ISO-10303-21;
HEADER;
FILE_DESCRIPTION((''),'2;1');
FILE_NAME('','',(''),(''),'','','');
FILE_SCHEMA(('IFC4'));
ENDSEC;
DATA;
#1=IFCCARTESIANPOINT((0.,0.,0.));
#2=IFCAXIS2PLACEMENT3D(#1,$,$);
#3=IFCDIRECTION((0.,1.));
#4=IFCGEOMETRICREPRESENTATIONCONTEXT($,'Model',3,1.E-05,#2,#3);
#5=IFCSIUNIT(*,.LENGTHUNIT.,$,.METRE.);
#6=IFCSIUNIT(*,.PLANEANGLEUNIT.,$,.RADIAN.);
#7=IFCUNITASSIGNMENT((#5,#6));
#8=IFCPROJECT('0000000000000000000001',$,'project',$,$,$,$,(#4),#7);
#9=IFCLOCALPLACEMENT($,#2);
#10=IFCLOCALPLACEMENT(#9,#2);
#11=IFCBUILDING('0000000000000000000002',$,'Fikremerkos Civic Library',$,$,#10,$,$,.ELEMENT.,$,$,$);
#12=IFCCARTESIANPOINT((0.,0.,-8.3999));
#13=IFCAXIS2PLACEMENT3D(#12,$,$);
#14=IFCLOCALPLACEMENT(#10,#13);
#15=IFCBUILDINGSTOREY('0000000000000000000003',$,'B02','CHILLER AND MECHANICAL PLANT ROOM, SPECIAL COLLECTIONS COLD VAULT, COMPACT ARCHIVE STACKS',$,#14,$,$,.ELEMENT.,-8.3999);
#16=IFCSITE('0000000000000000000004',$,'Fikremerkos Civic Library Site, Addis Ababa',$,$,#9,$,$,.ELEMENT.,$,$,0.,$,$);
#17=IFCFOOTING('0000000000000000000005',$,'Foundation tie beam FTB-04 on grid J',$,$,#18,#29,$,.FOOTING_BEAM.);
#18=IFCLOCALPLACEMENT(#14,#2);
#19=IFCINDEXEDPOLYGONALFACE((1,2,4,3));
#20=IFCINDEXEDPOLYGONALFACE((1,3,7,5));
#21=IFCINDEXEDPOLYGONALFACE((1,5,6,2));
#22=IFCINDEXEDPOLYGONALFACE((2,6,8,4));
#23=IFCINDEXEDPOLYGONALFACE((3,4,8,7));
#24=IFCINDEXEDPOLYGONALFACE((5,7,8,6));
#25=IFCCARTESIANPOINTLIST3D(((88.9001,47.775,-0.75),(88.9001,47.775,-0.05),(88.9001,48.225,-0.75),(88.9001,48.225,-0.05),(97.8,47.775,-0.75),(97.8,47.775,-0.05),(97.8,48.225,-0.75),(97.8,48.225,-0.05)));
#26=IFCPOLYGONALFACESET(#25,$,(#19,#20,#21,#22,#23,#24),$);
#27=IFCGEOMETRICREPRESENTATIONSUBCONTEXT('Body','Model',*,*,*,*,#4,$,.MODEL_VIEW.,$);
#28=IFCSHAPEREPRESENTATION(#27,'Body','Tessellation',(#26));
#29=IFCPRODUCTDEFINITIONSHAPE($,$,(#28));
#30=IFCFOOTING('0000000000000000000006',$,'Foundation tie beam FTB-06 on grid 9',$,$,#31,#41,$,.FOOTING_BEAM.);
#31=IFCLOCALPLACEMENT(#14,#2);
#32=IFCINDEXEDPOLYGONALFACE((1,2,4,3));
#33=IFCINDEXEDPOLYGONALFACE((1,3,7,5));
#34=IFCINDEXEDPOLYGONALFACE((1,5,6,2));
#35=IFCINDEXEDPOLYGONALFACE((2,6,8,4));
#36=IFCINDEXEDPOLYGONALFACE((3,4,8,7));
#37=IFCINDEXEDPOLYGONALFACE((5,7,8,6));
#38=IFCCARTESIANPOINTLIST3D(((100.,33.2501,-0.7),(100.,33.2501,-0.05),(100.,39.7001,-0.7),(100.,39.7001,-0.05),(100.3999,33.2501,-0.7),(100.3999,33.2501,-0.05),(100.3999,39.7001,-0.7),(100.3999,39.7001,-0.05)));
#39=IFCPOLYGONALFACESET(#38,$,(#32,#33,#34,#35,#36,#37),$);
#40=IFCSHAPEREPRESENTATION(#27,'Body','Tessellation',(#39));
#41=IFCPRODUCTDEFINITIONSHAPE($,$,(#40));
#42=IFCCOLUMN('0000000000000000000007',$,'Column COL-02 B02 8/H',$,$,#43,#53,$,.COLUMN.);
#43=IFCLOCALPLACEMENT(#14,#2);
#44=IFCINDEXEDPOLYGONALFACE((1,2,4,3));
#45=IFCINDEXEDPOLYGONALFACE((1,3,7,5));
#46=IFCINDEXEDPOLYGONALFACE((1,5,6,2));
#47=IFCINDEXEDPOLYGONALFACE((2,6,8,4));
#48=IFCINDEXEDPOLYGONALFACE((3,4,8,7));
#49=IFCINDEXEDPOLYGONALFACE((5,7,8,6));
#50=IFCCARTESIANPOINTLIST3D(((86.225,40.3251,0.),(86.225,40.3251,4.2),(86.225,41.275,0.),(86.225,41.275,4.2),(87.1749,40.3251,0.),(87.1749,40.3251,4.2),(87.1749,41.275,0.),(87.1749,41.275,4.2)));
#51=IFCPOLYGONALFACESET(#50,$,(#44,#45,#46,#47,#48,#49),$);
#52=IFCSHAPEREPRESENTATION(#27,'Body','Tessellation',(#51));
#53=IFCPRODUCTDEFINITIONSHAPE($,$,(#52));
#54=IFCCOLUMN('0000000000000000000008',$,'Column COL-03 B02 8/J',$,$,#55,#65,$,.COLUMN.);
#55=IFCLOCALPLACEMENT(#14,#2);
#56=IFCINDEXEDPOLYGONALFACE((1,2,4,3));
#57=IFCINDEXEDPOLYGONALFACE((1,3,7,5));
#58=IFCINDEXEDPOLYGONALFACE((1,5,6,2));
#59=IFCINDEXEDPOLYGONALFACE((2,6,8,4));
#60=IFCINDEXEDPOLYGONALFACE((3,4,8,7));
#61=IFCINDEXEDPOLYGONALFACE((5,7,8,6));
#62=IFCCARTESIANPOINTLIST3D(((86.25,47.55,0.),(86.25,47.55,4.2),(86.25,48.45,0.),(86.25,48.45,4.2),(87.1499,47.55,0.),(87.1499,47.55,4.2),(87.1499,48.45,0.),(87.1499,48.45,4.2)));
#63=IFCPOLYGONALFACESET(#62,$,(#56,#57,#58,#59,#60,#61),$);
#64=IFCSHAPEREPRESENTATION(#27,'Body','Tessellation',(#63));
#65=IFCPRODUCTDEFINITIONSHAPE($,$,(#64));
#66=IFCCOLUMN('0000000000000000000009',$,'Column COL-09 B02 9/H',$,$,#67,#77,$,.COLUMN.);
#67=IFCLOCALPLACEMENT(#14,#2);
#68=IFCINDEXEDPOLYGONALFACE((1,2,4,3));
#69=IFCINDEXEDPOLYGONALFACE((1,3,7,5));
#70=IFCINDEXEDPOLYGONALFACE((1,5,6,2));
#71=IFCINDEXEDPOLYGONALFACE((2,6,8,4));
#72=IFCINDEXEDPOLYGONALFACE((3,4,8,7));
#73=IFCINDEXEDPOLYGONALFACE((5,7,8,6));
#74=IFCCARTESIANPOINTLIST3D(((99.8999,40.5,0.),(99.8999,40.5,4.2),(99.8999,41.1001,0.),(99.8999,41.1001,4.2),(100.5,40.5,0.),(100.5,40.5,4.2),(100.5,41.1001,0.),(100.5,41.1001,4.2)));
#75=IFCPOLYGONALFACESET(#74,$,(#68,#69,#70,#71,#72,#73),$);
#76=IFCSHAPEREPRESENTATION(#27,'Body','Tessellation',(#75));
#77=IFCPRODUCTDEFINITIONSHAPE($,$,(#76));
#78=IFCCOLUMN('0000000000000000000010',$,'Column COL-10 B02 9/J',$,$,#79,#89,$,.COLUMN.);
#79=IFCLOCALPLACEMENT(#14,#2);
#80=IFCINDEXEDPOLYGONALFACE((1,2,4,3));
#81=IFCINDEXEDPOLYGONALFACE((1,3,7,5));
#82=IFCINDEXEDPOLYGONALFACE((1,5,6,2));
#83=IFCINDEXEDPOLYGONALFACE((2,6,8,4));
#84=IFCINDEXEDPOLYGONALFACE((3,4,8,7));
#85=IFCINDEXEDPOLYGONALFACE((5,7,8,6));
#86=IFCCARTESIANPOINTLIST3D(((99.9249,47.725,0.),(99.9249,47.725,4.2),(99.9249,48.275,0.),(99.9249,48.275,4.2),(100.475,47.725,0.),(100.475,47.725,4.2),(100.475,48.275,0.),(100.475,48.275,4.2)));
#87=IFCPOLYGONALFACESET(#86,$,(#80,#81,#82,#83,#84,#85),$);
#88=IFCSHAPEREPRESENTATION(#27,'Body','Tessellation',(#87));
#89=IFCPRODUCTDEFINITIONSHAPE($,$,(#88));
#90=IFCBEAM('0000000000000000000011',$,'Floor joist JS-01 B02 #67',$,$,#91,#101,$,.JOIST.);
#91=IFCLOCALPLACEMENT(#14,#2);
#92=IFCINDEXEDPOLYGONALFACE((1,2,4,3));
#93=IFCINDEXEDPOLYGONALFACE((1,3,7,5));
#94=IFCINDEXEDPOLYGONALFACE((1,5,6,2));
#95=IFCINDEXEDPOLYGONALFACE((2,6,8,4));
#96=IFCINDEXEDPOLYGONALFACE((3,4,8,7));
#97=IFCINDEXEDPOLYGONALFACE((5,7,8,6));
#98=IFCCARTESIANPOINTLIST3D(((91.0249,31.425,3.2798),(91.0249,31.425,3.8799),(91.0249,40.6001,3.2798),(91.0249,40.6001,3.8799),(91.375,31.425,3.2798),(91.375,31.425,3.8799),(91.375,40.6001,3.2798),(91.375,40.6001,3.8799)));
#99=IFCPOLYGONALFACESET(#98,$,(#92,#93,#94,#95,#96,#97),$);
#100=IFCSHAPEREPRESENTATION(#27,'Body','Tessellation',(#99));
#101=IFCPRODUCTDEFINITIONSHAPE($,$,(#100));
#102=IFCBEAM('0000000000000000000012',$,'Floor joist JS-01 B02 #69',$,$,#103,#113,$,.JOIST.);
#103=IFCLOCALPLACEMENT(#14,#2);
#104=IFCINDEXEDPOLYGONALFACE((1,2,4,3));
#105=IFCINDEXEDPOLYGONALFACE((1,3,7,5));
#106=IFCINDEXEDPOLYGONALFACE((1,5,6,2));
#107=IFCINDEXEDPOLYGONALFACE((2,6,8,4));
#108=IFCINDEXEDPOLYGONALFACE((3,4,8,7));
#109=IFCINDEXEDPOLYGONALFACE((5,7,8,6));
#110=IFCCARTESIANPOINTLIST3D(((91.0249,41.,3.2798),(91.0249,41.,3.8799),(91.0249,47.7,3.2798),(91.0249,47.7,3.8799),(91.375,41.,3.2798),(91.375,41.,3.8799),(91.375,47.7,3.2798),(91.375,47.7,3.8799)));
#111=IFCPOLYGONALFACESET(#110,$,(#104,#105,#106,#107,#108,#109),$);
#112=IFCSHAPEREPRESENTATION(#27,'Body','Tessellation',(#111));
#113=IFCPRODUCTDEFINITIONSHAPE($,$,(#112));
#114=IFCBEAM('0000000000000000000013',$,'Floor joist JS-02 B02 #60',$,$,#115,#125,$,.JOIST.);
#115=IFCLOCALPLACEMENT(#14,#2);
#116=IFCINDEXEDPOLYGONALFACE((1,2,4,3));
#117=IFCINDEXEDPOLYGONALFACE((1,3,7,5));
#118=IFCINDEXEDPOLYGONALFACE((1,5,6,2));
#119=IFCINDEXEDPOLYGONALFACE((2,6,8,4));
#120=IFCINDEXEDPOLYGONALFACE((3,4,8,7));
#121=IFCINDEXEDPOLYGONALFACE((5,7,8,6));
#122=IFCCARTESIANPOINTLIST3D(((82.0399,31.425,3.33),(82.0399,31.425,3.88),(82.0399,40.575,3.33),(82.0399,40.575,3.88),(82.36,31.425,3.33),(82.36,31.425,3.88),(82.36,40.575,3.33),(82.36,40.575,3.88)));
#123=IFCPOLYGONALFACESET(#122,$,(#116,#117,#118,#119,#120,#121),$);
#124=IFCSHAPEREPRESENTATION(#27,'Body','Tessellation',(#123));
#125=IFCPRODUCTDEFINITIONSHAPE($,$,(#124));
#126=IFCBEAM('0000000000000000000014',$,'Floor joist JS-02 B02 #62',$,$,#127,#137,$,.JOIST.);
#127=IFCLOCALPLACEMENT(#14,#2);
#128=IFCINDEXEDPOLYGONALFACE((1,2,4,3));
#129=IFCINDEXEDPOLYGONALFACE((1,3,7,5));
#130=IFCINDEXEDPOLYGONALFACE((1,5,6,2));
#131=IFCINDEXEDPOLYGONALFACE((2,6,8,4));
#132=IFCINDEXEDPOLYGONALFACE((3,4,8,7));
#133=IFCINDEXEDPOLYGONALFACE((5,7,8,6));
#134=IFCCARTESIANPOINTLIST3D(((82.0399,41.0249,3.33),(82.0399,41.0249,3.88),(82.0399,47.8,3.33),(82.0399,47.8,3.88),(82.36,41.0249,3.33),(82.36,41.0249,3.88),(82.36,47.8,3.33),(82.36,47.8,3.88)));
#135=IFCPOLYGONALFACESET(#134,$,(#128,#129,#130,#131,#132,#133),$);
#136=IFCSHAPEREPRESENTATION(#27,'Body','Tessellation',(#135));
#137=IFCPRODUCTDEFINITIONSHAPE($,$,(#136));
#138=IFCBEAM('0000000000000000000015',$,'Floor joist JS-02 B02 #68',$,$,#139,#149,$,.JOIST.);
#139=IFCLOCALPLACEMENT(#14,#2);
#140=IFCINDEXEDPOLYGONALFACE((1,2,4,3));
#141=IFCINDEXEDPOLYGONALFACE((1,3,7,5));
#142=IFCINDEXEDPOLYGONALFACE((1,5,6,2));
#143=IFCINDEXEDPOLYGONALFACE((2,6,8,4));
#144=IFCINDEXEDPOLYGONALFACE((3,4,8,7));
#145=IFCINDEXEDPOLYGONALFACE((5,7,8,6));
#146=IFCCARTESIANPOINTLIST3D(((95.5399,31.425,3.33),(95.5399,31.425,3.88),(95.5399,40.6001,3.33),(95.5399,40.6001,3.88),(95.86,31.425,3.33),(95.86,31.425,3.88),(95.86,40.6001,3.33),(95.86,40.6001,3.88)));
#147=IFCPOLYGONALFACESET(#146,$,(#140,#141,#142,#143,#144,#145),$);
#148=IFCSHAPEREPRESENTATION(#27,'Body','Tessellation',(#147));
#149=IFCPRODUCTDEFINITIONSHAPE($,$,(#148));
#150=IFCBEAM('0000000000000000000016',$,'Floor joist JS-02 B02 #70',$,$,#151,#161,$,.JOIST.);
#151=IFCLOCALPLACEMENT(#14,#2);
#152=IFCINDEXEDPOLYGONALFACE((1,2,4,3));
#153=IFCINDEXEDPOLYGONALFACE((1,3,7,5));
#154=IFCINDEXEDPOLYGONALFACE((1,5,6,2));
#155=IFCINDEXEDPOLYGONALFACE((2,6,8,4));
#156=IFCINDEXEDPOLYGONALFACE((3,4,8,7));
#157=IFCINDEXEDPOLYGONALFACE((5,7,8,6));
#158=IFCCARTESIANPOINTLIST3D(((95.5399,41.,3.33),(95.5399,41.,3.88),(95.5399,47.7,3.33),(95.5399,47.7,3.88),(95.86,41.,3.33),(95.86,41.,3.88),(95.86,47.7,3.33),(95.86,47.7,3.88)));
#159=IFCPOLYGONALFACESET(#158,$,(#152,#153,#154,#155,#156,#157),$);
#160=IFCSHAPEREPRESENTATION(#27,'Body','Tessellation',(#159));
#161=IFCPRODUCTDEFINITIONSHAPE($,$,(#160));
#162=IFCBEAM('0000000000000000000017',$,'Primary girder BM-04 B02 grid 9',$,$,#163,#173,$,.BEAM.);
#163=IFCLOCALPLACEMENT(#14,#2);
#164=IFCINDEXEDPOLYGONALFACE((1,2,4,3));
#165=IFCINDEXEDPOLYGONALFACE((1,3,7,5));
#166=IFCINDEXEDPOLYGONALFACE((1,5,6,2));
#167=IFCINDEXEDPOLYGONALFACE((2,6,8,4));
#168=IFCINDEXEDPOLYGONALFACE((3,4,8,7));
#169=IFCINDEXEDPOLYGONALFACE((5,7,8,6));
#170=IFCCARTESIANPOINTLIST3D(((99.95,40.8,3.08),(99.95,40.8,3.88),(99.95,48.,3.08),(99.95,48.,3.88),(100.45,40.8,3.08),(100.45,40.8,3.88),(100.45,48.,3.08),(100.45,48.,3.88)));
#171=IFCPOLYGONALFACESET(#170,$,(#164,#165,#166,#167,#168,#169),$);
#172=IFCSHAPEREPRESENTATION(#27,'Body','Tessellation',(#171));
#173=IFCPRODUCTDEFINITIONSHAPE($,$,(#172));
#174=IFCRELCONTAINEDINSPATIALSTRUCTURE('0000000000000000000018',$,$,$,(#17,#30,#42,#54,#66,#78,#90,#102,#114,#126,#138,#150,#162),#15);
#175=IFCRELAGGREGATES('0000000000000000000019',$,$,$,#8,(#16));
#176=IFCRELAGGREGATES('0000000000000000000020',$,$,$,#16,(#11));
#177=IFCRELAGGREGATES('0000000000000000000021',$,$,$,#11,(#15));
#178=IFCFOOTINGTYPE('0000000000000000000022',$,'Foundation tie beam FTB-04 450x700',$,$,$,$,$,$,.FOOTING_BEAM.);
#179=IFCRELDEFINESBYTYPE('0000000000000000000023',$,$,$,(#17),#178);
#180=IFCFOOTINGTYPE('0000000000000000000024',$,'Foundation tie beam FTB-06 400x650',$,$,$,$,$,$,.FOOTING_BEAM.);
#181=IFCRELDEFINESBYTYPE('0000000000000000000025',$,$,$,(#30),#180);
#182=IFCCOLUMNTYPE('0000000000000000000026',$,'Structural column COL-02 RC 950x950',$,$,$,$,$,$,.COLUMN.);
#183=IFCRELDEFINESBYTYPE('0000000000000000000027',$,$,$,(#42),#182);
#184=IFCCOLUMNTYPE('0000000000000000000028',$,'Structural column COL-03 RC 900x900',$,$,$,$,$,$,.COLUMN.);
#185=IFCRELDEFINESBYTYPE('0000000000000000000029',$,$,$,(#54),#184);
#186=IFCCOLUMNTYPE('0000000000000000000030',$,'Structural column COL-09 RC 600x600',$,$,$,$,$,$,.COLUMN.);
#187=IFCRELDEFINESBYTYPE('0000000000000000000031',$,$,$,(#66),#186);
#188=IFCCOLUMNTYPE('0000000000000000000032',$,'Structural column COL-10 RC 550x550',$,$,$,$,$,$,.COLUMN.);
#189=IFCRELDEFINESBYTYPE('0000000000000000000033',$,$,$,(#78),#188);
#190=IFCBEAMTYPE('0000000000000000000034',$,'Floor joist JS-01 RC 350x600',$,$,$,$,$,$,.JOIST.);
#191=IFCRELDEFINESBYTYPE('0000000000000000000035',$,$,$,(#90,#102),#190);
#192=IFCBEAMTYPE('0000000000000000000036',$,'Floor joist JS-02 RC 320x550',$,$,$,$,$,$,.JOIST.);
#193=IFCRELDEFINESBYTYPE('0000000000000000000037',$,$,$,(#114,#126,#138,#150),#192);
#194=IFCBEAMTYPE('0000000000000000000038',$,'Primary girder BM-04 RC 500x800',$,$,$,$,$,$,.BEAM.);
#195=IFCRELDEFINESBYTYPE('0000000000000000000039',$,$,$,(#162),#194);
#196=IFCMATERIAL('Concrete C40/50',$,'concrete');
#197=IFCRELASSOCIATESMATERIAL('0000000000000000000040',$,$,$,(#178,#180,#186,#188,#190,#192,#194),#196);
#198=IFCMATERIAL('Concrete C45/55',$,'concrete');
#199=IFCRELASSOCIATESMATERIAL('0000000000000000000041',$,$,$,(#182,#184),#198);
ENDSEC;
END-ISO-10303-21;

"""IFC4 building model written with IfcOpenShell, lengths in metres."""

from ifc_helpers import new_model, si_unit, direction, frame, origin, origin_2d, place, context, subcontext, project, spatial, rectangle, extrude, material, material_profile, profile_set, type_object, element, save


model = new_model("IFC4")

# Units and contexts
model_context = context("Model", 3, precision=1e-05, world=origin(), true_north=direction((0.0, 1.0)))
body_context = subcontext(model_context, "Body", "Model", "MODEL_VIEW")
ifc_project = project(units=[si_unit("LENGTHUNIT", "METRE"), si_unit("PLANEANGLEUNIT", "RADIAN")], contexts=[model_context])

# Site, building, storey
site_placement = place(None, origin())
site = spatial("IfcSite", under=ifc_project, at=site_placement, Name="Fikremerkos Civic Library Site, Addis Ababa", CompositionType="ELEMENT", RefElevation=0.0)
building_placement = place(site_placement, origin())
building = spatial("IfcBuilding", under=site, at=building_placement, Name="Fikremerkos Civic Library", CompositionType="ELEMENT")
storey_placement = place(building_placement, frame((0.0, 0.0, -8.3999)))
storey = spatial("IfcBuildingStorey", under=building, at=storey_placement, Name="B02", Description="CHILLER AND MECHANICAL PLANT ROOM, SPECIAL COLLECTIONS COLD VAULT, COMPACT ARCHIVE STACKS", CompositionType="ELEMENT", Elevation=-8.3999)

# Footings
ifc_material_1 = material(Name="Concrete C40/50", Category="concrete")
footing_type_1 = type_object("IfcFootingType", Name="Foundation tie beam FTB-04 450x700", PredefinedType="FOOTING_BEAM", material=ifc_material_1)
footing_1_placement = place(storey_placement, frame((93.3501, 48.0, -0.75), z_axis=(0.0, 0.0, 1.0), x_axis=(1.0, 0.0, 0.0)))
element("IfcFooting", 1, at=footing_1_placement, inside=storey, type_object=footing_type_1, Name="Foundation tie beam FTB-04 on grid J", PredefinedType="FOOTING_BEAM", context=body_context, shape_type="SweptSolid", body=[
    extrude(rectangle(XDim=8.8999, YDim=0.45, at=origin_2d()), origin(), (0.0, 0.0, 1.0), 0.7),
])
footing_type_2 = type_object("IfcFootingType", Name="Foundation tie beam FTB-06 400x650", PredefinedType="FOOTING_BEAM", material=ifc_material_1)
footing_2_placement = place(storey_placement, frame((100.2, 36.4751, -0.7), z_axis=(0.0, 0.0, 1.0), x_axis=(0.0, 1.0, 0.0)))
element("IfcFooting", 2, at=footing_2_placement, inside=storey, type_object=footing_type_2, Name="Foundation tie beam FTB-06 on grid 9", PredefinedType="FOOTING_BEAM", context=body_context, shape_type="SweptSolid", body=[
    extrude(rectangle(XDim=6.45, YDim=0.3999, at=origin_2d()), origin(), (0.0, 0.0, 1.0), 0.6499),
])

# Columns
ifc_material_2 = material(Name="Concrete C45/55", Category="concrete")
ifc_material_profile_1 = material_profile(ifc_material_2, rectangle(XDim=0.95, YDim=0.95, at=origin_2d()), Name="RC 950x950")
ifc_profile_set_1 = profile_set([ifc_material_profile_1], Name="Concrete C45/55")
column_type_1 = type_object("IfcColumnType", Name="Structural column COL-02 RC 950x950", PredefinedType="COLUMN", material=ifc_profile_set_1)
column_1_placement = place(storey_placement, frame((86.7, 40.8, 0.0), z_axis=(0.0, 0.0, 1.0), x_axis=(1.0, 0.0, 0.0)))
element("IfcColumn", 3, at=column_1_placement, inside=storey, type_object=column_type_1, Name="Column COL-02 B02 8/H", PredefinedType="COLUMN", context=body_context, shape_type="SweptSolid", body=[
    extrude(rectangle(XDim=0.95, YDim=0.95, at=origin_2d()), origin(), (0.0, 0.0, 1.0), 4.2),
])
ifc_material_profile_2 = material_profile(ifc_material_2, rectangle(XDim=0.8999, YDim=0.8999, at=origin_2d()), Name="RC 900x900")
ifc_profile_set_2 = profile_set([ifc_material_profile_2], Name="Concrete C45/55")
column_type_2 = type_object("IfcColumnType", Name="Structural column COL-03 RC 900x900", PredefinedType="COLUMN", material=ifc_profile_set_2)
column_2_placement = place(storey_placement, frame((86.7, 48.0, 0.0), z_axis=(0.0, 0.0, 1.0), x_axis=(1.0, 0.0, 0.0)))
element("IfcColumn", 4, at=column_2_placement, inside=storey, type_object=column_type_2, Name="Column COL-03 B02 8/J", PredefinedType="COLUMN", context=body_context, shape_type="SweptSolid", body=[
    extrude(rectangle(XDim=0.8999, YDim=0.8999, at=origin_2d()), origin(), (0.0, 0.0, 1.0), 4.2),
])
ifc_material_profile_3 = material_profile(ifc_material_1, rectangle(XDim=0.6001, YDim=0.6001, at=origin_2d()), Name="RC 600x600")
ifc_profile_set_3 = profile_set([ifc_material_profile_3], Name="Concrete C40/50")
column_type_3 = type_object("IfcColumnType", Name="Structural column COL-09 RC 600x600", PredefinedType="COLUMN", material=ifc_profile_set_3)
column_3_placement = place(storey_placement, frame((100.2, 40.8, 0.0), z_axis=(0.0, 0.0, 1.0), x_axis=(1.0, 0.0, 0.0)))
element("IfcColumn", 5, at=column_3_placement, inside=storey, type_object=column_type_3, Name="Column COL-09 B02 9/H", PredefinedType="COLUMN", context=body_context, shape_type="SweptSolid", body=[
    extrude(rectangle(XDim=0.6001, YDim=0.6001, at=origin_2d()), origin(), (0.0, 0.0, 1.0), 4.2),
])
ifc_material_profile_4 = material_profile(ifc_material_1, rectangle(XDim=0.55, YDim=0.55, at=origin_2d()), Name="RC 550x550")
ifc_profile_set_4 = profile_set([ifc_material_profile_4], Name="Concrete C40/50")
column_type_4 = type_object("IfcColumnType", Name="Structural column COL-10 RC 550x550", PredefinedType="COLUMN", material=ifc_profile_set_4)
column_4_placement = place(storey_placement, frame((100.2, 48.0, 0.0), z_axis=(0.0, 0.0, 1.0), x_axis=(1.0, 0.0, 0.0)))
element("IfcColumn", 6, at=column_4_placement, inside=storey, type_object=column_type_4, Name="Column COL-10 B02 9/J", PredefinedType="COLUMN", context=body_context, shape_type="SweptSolid", body=[
    extrude(rectangle(XDim=0.55, YDim=0.55, at=origin_2d()), origin(), (0.0, 0.0, 1.0), 4.2),
])

# Beams
ifc_material_profile_5 = material_profile(ifc_material_1, rectangle(XDim=0.3501, YDim=0.6001, at=origin_2d()), Name="RC 350x600")
ifc_profile_set_5 = profile_set([ifc_material_profile_5], Name="Concrete C40/50")
beam_type_1 = type_object("IfcBeamType", Name="Floor joist JS-01 RC 350x600", PredefinedType="JOIST", material=ifc_profile_set_5)
beam_1_placement = place(storey_placement, frame((91.2, 31.425, 3.5798), z_axis=(0.0, 1.0, 0.0), x_axis=(-1.0, 0.0, 0.0)))
element("IfcBeam", 7, at=beam_1_placement, inside=storey, type_object=beam_type_1, Name="Floor joist JS-01 B02 #67", PredefinedType="JOIST", context=body_context, shape_type="SweptSolid", body=[
    extrude(rectangle(XDim=0.3501, YDim=0.6001, at=origin_2d()), origin(), (0.0, 0.0, 1.0), 9.175),
])
beam_2_placement = place(storey_placement, frame((91.2, 41.0, 3.5798), z_axis=(0.0, 1.0, 0.0), x_axis=(-1.0, 0.0, 0.0)))
element("IfcBeam", 8, at=beam_2_placement, inside=storey, type_object=beam_type_1, Name="Floor joist JS-01 B02 #69", PredefinedType="JOIST", context=body_context, shape_type="SweptSolid", body=[
    extrude(rectangle(XDim=0.3501, YDim=0.6001, at=origin_2d()), origin(), (0.0, 0.0, 1.0), 6.7),
])
ifc_material_profile_6 = material_profile(ifc_material_1, rectangle(XDim=0.3201, YDim=0.55, at=origin_2d()), Name="RC 320x550")
ifc_profile_set_6 = profile_set([ifc_material_profile_6], Name="Concrete C40/50")
beam_type_2 = type_object("IfcBeamType", Name="Floor joist JS-02 RC 320x550", PredefinedType="JOIST", material=ifc_profile_set_6)
beam_3_placement = place(storey_placement, frame((82.2, 31.425, 3.605), z_axis=(0.0, 1.0, 0.0), x_axis=(-1.0, 0.0, 0.0)))
element("IfcBeam", 9, at=beam_3_placement, inside=storey, type_object=beam_type_2, Name="Floor joist JS-02 B02 #60", PredefinedType="JOIST", context=body_context, shape_type="SweptSolid", body=[
    extrude(rectangle(XDim=0.3201, YDim=0.55, at=origin_2d()), origin(), (0.0, 0.0, 1.0), 9.1499),
])
beam_4_placement = place(storey_placement, frame((82.2, 41.0249, 3.605), z_axis=(0.0, 1.0, 0.0), x_axis=(-1.0, 0.0, 0.0)))
element("IfcBeam", 10, at=beam_4_placement, inside=storey, type_object=beam_type_2, Name="Floor joist JS-02 B02 #62", PredefinedType="JOIST", context=body_context, shape_type="SweptSolid", body=[
    extrude(rectangle(XDim=0.3201, YDim=0.55, at=origin_2d()), origin(), (0.0, 0.0, 1.0), 6.7751),
])
beam_5_placement = place(storey_placement, frame((95.7, 31.425, 3.605), z_axis=(0.0, 1.0, 0.0), x_axis=(-1.0, 0.0, 0.0)))
element("IfcBeam", 11, at=beam_5_placement, inside=storey, type_object=beam_type_2, Name="Floor joist JS-02 B02 #68", PredefinedType="JOIST", context=body_context, shape_type="SweptSolid", body=[
    extrude(rectangle(XDim=0.3201, YDim=0.55, at=origin_2d()), origin(), (0.0, 0.0, 1.0), 9.175),
])
beam_6_placement = place(storey_placement, frame((95.7, 41.0, 3.605), z_axis=(0.0, 1.0, 0.0), x_axis=(-1.0, 0.0, 0.0)))
element("IfcBeam", 12, at=beam_6_placement, inside=storey, type_object=beam_type_2, Name="Floor joist JS-02 B02 #70", PredefinedType="JOIST", context=body_context, shape_type="SweptSolid", body=[
    extrude(rectangle(XDim=0.3201, YDim=0.55, at=origin_2d()), origin(), (0.0, 0.0, 1.0), 6.7),
])
ifc_material_profile_7 = material_profile(ifc_material_1, rectangle(XDim=0.5, YDim=0.8, at=origin_2d()), Name="RC 500x800")
ifc_profile_set_7 = profile_set([ifc_material_profile_7], Name="Concrete C40/50")
beam_type_3 = type_object("IfcBeamType", Name="Primary girder BM-04 RC 500x800", PredefinedType="BEAM", material=ifc_profile_set_7)
beam_7_placement = place(storey_placement, frame((100.2, 40.8, 3.48), z_axis=(0.0, 1.0, 0.0), x_axis=(-1.0, 0.0, 0.0)))
element("IfcBeam", 13, at=beam_7_placement, inside=storey, type_object=beam_type_3, Name="Primary girder BM-04 B02 grid 9", PredefinedType="BEAM", context=body_context, shape_type="SweptSolid", body=[
    extrude(rectangle(XDim=0.5, YDim=0.8, at=origin_2d()), origin(), (0.0, 0.0, 1.0), 7.2),
])

save(model, "model.ifc")
